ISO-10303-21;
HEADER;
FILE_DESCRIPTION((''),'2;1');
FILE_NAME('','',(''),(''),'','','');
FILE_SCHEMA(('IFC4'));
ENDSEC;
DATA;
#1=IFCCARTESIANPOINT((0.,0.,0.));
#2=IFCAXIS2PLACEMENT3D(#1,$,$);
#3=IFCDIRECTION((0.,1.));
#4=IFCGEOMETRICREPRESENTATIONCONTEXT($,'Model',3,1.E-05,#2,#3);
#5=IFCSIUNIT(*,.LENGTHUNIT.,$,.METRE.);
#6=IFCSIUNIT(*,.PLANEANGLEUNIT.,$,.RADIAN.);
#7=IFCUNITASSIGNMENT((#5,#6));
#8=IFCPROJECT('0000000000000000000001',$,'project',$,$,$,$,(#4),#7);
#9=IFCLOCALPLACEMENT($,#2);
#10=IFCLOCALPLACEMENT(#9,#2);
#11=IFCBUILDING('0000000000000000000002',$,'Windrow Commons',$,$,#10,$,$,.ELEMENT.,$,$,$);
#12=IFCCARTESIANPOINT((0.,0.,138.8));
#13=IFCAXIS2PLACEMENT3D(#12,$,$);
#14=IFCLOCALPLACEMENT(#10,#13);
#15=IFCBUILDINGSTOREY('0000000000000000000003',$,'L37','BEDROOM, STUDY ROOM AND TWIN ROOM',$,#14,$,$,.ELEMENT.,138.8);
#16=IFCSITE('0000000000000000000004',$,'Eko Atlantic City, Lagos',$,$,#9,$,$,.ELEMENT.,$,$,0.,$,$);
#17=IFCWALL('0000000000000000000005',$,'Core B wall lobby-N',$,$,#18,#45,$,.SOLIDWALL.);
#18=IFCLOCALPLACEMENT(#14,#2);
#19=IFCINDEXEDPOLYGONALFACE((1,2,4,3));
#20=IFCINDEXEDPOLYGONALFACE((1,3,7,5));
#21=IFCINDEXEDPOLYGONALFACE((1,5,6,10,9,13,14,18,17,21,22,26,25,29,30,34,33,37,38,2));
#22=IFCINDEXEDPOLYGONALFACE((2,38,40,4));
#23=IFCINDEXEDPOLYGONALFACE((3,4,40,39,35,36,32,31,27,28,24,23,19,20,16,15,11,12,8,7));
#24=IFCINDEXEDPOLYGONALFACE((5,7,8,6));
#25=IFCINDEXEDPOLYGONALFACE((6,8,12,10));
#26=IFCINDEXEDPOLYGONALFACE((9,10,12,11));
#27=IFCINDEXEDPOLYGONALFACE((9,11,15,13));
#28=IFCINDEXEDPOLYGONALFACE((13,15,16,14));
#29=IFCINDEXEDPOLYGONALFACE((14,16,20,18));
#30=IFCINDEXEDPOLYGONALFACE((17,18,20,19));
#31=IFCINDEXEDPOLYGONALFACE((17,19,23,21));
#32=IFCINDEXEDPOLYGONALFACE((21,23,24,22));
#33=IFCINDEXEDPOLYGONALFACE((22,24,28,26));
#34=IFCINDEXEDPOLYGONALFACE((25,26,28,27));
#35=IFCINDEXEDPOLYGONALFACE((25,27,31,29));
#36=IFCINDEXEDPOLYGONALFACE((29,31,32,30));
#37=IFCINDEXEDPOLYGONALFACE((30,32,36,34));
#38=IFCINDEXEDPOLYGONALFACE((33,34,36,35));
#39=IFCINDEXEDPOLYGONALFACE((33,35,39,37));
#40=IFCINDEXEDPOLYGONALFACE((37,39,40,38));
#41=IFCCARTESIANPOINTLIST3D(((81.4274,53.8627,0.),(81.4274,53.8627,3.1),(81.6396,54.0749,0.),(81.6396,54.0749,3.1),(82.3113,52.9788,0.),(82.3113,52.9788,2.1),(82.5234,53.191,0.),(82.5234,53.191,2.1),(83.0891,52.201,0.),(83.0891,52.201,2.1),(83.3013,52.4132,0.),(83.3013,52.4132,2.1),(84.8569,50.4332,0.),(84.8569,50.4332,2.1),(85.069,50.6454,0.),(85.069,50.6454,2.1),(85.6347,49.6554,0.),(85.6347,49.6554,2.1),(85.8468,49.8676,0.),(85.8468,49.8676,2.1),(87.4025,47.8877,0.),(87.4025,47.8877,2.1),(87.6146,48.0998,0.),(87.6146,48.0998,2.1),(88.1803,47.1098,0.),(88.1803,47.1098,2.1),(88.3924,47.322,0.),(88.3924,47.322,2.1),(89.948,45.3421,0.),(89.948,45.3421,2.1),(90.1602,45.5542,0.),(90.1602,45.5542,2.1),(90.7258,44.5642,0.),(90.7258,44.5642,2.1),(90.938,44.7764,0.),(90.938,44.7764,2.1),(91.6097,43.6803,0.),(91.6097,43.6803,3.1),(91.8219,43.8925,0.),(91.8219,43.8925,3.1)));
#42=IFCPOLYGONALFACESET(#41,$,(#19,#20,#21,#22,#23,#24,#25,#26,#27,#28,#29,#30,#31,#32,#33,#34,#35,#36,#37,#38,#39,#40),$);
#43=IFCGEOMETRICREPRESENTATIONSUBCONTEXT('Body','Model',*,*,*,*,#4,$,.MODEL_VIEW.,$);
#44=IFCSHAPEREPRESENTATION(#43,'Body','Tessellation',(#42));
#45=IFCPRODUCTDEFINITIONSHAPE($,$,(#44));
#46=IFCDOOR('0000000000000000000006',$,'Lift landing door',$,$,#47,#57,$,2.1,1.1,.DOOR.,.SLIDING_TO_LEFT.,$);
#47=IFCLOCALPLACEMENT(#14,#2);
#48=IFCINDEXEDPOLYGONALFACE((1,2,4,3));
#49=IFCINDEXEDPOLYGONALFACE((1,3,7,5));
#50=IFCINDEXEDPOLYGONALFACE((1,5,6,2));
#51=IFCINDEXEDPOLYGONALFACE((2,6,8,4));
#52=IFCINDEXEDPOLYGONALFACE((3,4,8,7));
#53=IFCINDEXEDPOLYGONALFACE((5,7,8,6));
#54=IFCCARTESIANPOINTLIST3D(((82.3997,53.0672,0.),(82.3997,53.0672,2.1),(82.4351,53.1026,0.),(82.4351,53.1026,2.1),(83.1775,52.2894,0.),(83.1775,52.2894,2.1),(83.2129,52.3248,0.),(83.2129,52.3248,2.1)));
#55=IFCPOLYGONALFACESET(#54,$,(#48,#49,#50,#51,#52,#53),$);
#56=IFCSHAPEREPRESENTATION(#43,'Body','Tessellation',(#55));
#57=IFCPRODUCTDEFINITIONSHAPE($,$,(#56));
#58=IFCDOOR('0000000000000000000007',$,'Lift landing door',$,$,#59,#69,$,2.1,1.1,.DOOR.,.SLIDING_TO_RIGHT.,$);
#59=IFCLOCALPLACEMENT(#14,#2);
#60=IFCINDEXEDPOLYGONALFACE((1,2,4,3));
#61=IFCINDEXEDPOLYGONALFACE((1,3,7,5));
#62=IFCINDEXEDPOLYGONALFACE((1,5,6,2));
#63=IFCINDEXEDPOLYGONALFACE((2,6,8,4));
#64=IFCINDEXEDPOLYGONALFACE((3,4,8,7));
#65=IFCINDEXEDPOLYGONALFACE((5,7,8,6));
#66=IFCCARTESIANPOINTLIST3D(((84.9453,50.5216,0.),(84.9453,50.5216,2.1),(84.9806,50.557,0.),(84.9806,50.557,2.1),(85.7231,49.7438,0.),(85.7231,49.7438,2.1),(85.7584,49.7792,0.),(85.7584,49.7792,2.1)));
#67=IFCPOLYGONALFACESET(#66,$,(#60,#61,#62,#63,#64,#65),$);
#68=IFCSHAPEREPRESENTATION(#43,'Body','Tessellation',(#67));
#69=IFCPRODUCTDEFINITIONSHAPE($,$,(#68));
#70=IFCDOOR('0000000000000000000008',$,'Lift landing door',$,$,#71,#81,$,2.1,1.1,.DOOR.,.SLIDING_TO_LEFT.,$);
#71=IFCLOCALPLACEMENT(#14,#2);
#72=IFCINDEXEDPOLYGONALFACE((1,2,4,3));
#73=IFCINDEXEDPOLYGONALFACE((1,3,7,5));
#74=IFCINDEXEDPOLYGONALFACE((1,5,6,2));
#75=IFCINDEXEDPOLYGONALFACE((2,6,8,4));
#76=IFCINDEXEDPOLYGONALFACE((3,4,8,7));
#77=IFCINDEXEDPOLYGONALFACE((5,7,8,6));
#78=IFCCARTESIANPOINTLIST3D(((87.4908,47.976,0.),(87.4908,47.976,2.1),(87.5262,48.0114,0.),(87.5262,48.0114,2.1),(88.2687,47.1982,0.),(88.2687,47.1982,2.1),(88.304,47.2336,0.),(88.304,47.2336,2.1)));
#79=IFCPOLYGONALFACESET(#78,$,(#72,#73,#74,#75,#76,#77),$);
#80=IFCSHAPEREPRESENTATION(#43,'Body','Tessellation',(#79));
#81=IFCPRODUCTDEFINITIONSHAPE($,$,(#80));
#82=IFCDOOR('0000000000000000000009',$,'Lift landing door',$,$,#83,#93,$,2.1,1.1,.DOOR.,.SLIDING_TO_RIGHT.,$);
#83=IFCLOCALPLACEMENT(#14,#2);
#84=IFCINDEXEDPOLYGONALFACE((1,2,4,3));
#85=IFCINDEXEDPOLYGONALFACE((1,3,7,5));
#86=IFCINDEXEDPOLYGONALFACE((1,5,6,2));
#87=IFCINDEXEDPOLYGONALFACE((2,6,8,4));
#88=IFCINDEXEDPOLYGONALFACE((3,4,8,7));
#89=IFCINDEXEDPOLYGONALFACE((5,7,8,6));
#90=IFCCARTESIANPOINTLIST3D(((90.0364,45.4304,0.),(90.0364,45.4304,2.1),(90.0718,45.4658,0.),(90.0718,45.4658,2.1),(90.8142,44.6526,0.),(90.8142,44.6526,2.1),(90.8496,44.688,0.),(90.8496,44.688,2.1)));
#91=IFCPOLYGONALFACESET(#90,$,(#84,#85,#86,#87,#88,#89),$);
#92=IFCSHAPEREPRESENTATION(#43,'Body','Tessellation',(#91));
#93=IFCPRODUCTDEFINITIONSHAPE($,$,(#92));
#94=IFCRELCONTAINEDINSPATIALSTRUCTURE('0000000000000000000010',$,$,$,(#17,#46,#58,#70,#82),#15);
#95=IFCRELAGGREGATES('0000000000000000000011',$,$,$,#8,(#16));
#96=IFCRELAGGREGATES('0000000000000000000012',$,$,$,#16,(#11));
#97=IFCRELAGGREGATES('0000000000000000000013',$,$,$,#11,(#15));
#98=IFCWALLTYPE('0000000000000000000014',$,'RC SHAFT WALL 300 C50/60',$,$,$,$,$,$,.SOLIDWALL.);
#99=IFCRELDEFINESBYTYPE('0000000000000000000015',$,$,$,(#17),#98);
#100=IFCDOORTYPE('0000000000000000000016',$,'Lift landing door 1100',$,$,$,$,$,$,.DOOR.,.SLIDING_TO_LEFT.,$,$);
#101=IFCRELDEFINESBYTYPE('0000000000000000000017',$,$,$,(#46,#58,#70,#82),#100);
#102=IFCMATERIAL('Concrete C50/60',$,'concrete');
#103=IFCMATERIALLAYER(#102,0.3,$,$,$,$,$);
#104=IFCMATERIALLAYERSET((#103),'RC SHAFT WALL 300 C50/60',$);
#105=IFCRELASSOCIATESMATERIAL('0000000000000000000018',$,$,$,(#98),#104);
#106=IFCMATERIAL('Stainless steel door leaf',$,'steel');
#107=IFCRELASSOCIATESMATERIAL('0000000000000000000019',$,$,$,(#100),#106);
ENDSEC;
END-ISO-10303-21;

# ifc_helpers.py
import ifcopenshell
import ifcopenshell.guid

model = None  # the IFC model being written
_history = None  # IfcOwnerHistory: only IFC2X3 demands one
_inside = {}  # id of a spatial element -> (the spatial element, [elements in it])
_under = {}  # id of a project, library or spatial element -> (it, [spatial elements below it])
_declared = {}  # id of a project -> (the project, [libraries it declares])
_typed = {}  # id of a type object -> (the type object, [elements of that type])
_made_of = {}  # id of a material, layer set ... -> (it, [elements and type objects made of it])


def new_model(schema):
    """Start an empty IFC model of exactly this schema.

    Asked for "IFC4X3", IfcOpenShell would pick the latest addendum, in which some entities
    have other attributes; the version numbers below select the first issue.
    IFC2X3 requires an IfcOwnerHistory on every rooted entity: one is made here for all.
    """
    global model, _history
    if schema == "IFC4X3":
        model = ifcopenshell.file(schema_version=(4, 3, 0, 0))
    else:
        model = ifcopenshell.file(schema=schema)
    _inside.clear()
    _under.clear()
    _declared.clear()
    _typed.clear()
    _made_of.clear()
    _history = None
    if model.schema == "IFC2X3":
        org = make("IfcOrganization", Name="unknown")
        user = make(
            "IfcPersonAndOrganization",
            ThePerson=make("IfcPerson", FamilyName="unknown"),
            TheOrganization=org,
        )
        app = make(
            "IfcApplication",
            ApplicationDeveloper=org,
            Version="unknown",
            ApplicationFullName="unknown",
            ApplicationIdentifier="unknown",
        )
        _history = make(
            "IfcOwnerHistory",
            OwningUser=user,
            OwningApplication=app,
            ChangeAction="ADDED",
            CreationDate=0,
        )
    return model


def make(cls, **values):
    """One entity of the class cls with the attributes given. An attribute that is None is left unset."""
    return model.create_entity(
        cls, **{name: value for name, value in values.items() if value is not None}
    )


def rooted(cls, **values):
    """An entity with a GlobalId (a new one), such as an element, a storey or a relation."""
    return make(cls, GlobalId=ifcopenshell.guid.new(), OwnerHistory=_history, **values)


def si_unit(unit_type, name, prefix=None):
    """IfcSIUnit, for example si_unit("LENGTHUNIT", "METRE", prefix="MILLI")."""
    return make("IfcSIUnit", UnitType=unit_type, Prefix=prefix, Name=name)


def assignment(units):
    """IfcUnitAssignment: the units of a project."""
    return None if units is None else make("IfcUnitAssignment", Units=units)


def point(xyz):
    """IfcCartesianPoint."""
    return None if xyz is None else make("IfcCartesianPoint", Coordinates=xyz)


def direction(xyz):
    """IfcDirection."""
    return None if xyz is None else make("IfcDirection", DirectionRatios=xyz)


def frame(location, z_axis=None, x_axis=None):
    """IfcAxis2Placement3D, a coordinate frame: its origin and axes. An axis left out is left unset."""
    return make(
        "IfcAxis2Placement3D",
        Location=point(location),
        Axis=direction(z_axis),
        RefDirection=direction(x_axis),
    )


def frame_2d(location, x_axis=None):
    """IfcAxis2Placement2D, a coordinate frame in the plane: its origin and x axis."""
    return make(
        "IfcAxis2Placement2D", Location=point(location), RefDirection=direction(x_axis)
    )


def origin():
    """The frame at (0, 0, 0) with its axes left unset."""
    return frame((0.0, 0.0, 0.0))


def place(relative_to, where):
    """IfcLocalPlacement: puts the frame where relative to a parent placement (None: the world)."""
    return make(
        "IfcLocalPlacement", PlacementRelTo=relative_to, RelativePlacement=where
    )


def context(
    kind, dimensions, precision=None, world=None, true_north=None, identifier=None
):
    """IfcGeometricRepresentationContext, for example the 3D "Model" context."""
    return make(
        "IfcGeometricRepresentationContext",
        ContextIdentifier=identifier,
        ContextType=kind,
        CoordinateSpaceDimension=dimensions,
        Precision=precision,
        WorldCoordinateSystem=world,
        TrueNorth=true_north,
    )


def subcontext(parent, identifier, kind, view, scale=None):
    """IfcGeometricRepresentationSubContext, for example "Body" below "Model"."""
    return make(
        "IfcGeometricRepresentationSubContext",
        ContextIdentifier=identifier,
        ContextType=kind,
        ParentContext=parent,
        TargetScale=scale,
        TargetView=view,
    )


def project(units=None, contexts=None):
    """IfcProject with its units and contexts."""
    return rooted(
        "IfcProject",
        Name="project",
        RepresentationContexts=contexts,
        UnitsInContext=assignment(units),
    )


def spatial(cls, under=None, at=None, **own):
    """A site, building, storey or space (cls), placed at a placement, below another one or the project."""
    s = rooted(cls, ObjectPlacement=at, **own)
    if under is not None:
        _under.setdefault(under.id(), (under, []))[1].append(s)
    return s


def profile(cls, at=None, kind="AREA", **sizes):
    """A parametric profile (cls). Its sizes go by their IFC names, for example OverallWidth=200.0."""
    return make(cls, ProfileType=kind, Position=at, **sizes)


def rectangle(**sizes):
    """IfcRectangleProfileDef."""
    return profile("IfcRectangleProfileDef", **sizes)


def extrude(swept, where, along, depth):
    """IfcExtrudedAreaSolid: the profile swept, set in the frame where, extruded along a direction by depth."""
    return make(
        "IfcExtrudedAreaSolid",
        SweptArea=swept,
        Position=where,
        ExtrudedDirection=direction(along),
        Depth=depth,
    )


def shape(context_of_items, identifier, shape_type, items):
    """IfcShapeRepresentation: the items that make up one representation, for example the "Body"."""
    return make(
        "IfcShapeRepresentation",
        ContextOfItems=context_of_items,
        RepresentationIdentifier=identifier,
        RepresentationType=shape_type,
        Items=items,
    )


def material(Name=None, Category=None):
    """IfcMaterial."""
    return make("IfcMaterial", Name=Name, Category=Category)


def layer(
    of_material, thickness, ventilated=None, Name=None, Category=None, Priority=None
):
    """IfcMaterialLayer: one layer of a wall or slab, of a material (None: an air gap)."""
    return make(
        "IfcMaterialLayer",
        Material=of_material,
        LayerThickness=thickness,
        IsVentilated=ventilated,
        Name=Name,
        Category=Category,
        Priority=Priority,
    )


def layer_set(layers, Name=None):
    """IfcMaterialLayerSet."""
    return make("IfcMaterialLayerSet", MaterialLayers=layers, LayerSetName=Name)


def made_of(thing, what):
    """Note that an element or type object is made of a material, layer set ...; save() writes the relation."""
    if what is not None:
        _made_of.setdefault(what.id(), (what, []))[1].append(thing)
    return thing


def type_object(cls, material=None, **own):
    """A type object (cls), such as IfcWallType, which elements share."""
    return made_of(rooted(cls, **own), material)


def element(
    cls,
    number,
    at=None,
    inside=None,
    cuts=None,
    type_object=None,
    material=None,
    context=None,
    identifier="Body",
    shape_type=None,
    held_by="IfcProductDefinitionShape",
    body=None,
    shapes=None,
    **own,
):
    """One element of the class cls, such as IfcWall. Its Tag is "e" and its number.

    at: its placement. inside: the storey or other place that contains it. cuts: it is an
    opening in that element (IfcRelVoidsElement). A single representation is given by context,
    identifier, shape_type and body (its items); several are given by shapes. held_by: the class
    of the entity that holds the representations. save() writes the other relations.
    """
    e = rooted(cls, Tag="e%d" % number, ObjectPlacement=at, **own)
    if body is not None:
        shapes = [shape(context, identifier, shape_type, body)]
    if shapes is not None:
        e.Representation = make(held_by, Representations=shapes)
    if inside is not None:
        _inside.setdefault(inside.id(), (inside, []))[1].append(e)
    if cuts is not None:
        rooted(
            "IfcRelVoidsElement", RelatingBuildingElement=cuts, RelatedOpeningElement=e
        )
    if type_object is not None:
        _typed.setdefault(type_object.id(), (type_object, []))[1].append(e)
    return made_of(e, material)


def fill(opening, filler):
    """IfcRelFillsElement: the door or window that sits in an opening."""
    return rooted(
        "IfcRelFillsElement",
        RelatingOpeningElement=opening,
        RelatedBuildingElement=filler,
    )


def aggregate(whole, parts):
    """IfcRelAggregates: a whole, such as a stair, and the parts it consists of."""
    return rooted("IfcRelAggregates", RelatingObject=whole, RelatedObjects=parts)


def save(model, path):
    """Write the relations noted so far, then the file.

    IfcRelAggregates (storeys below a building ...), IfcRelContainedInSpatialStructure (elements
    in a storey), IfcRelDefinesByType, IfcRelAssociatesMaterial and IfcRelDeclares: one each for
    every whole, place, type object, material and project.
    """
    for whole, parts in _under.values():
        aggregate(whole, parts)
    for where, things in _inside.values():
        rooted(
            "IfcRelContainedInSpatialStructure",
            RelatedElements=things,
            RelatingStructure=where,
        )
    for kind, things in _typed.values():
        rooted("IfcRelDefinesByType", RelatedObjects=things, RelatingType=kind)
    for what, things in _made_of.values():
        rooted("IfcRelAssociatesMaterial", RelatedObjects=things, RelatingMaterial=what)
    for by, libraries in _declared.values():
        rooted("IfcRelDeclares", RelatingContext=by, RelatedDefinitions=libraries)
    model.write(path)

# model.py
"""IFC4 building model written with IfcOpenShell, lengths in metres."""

from ifc_helpers import new_model, si_unit, direction, frame, frame_2d, origin, place, context, subcontext, project, spatial, rectangle, extrude, material, layer, layer_set, type_object, element, fill, save


model = new_model("IFC4")

# Units and contexts
model_context = context("Model", 3, precision=1e-05, world=origin(), true_north=direction((0.0, 1.0)))
body_context = subcontext(model_context, "Body", "Model", "MODEL_VIEW")
ifc_project = project(units=[si_unit("LENGTHUNIT", "METRE"), si_unit("PLANEANGLEUNIT", "RADIAN")], contexts=[model_context])

# Site, building, storey
site_placement = place(None, origin())
site = spatial("IfcSite", under=ifc_project, at=site_placement, Name="Eko Atlantic City, Lagos", CompositionType="ELEMENT", RefElevation=0.0)
building_placement = place(site_placement, origin())
building = spatial("IfcBuilding", under=site, at=building_placement, Name="Windrow Commons", CompositionType="ELEMENT")
storey_placement = place(building_placement, frame((0.0, 0.0, 138.8)))
storey = spatial("IfcBuildingStorey", under=building, at=storey_placement, Name="L37", Description="BEDROOM, STUDY ROOM AND TWIN ROOM", CompositionType="ELEMENT", Elevation=138.8)

# Wall, openings, doors
ifc_material_1 = material(Name="Concrete C50/60", Category="concrete")
ifc_layer_1 = layer(ifc_material_1, 0.3)
ifc_layer_set_1 = layer_set([ifc_layer_1], Name="RC SHAFT WALL 300 C50/60")
wall_type_1 = type_object("IfcWallType", Name="RC SHAFT WALL 300 C50/60", PredefinedType="SOLIDWALL", material=ifc_layer_set_1)
ifc_material_2 = material(Name="Stainless steel door leaf", Category="steel")
door_type_1 = type_object("IfcDoorType", Name="Lift landing door 1100", OperationType="SLIDING_TO_LEFT", PredefinedType="DOOR", material=ifc_material_2)
wall_1_placement = place(storey_placement, frame((81.5335, 53.9688, 0.0), z_axis=(0.0, 0.0, 1.0), x_axis=(0.707103, -0.70711, 0.0)))
wall_1 = element("IfcWall", 1, at=wall_1_placement, inside=storey, type_object=wall_type_1, Name="Core B wall lobby-N", PredefinedType="SOLIDWALL", context=body_context, shape_type="SweptSolid", body=[
    extrude(rectangle(XDim=14.4, YDim=0.3, at=frame_2d((7.2, 0.0))), origin(), (0.0, 0.0, 1.0), 3.1),
])
opening_1_placement = place(wall_1_placement, frame((1.25, 0.0, 0.0)))
opening_1 = element("IfcOpeningElement", 2, at=opening_1_placement, cuts=wall_1, PredefinedType="OPENING", context=body_context, shape_type="SweptSolid", body=[
    extrude(rectangle(XDim=1.1, YDim=2.1, at=frame_2d((0.55, 1.05))), frame((0.0, 0.16, 0.0), z_axis=(0.0, -1.0, 0.0), x_axis=(1.0, 0.0, 0.0)), (0.0, 0.0, 1.0), 0.32),
])
opening_2_placement = place(wall_1_placement, frame((4.85, 0.0, 0.0)))
opening_2 = element("IfcOpeningElement", 3, at=opening_2_placement, cuts=wall_1, PredefinedType="OPENING", context=body_context, shape_type="SweptSolid", body=[
    extrude(rectangle(XDim=1.1, YDim=2.1, at=frame_2d((0.55, 1.05))), frame((0.0, 0.16, 0.0), z_axis=(0.0, -1.0, 0.0), x_axis=(1.0, 0.0, 0.0)), (0.0, 0.0, 1.0), 0.32),
])
opening_3_placement = place(wall_1_placement, frame((8.45, 0.0, 0.0)))
opening_3 = element("IfcOpeningElement", 4, at=opening_3_placement, cuts=wall_1, PredefinedType="OPENING", context=body_context, shape_type="SweptSolid", body=[
    extrude(rectangle(XDim=1.1, YDim=2.1, at=frame_2d((0.55, 1.05))), frame((0.0, 0.16, 0.0), z_axis=(0.0, -1.0, 0.0), x_axis=(1.0, 0.0, 0.0)), (0.0, 0.0, 1.0), 0.32),
])
opening_4_placement = place(wall_1_placement, frame((12.05, 0.0, 0.0)))
opening_4 = element("IfcOpeningElement", 5, at=opening_4_placement, cuts=wall_1, PredefinedType="OPENING", context=body_context, shape_type="SweptSolid", body=[
    extrude(rectangle(XDim=1.1, YDim=2.1, at=frame_2d((0.55, 1.05))), frame((0.0, 0.16, 0.0), z_axis=(0.0, -1.0, 0.0), x_axis=(1.0, 0.0, 0.0)), (0.0, 0.0, 1.0), 0.32),
])
door_1_placement = place(opening_1_placement, origin())
door_1 = element("IfcDoor", 6, at=door_1_placement, inside=storey, type_object=door_type_1, Name="Lift landing door", OperationType="SLIDING_TO_LEFT", OverallHeight=2.1, OverallWidth=1.1, PredefinedType="DOOR", context=body_context, shape_type="SweptSolid", body=[
    extrude(rectangle(XDim=1.1, YDim=2.1, at=frame_2d((0.55, 1.05))), frame((0.0, 0.025, 0.0), z_axis=(0.0, -1.0, 0.0), x_axis=(1.0, 0.0, 0.0)), (0.0, 0.0, 1.0), 0.05),
])
fill(opening_1, door_1)
door_2_placement = place(opening_2_placement, origin())
door_2 = element("IfcDoor", 7, at=door_2_placement, inside=storey, type_object=door_type_1, Name="Lift landing door", OperationType="SLIDING_TO_RIGHT", OverallHeight=2.1, OverallWidth=1.1, PredefinedType="DOOR", context=body_context, shape_type="SweptSolid", body=[
    extrude(rectangle(XDim=1.1, YDim=2.1, at=frame_2d((0.55, 1.05))), frame((0.0, 0.025, 0.0), z_axis=(0.0, -1.0, 0.0), x_axis=(1.0, 0.0, 0.0)), (0.0, 0.0, 1.0), 0.05),
])
fill(opening_2, door_2)
door_3_placement = place(opening_3_placement, origin())
door_3 = element("IfcDoor", 8, at=door_3_placement, inside=storey, type_object=door_type_1, Name="Lift landing door", OperationType="SLIDING_TO_LEFT", OverallHeight=2.1, OverallWidth=1.1, PredefinedType="DOOR", context=body_context, shape_type="SweptSolid", body=[
    extrude(rectangle(XDim=1.1, YDim=2.1, at=frame_2d((0.55, 1.05))), frame((0.0, 0.025, 0.0), z_axis=(0.0, -1.0, 0.0), x_axis=(1.0, 0.0, 0.0)), (0.0, 0.0, 1.0), 0.05),
])
fill(opening_3, door_3)
door_4_placement = place(opening_4_placement, origin())
door_4 = element("IfcDoor", 9, at=door_4_placement, inside=storey, type_object=door_type_1, Name="Lift landing door", OperationType="SLIDING_TO_RIGHT", OverallHeight=2.1, OverallWidth=1.1, PredefinedType="DOOR", context=body_context, shape_type="SweptSolid", body=[
    extrude(rectangle(XDim=1.1, YDim=2.1, at=frame_2d((0.55, 1.05))), frame((0.0, 0.025, 0.0), z_axis=(0.0, -1.0, 0.0), x_axis=(1.0, 0.0, 0.0)), (0.0, 0.0, 1.0), 0.05),
])
fill(opening_4, door_4)

save(model, "model.ifc")
